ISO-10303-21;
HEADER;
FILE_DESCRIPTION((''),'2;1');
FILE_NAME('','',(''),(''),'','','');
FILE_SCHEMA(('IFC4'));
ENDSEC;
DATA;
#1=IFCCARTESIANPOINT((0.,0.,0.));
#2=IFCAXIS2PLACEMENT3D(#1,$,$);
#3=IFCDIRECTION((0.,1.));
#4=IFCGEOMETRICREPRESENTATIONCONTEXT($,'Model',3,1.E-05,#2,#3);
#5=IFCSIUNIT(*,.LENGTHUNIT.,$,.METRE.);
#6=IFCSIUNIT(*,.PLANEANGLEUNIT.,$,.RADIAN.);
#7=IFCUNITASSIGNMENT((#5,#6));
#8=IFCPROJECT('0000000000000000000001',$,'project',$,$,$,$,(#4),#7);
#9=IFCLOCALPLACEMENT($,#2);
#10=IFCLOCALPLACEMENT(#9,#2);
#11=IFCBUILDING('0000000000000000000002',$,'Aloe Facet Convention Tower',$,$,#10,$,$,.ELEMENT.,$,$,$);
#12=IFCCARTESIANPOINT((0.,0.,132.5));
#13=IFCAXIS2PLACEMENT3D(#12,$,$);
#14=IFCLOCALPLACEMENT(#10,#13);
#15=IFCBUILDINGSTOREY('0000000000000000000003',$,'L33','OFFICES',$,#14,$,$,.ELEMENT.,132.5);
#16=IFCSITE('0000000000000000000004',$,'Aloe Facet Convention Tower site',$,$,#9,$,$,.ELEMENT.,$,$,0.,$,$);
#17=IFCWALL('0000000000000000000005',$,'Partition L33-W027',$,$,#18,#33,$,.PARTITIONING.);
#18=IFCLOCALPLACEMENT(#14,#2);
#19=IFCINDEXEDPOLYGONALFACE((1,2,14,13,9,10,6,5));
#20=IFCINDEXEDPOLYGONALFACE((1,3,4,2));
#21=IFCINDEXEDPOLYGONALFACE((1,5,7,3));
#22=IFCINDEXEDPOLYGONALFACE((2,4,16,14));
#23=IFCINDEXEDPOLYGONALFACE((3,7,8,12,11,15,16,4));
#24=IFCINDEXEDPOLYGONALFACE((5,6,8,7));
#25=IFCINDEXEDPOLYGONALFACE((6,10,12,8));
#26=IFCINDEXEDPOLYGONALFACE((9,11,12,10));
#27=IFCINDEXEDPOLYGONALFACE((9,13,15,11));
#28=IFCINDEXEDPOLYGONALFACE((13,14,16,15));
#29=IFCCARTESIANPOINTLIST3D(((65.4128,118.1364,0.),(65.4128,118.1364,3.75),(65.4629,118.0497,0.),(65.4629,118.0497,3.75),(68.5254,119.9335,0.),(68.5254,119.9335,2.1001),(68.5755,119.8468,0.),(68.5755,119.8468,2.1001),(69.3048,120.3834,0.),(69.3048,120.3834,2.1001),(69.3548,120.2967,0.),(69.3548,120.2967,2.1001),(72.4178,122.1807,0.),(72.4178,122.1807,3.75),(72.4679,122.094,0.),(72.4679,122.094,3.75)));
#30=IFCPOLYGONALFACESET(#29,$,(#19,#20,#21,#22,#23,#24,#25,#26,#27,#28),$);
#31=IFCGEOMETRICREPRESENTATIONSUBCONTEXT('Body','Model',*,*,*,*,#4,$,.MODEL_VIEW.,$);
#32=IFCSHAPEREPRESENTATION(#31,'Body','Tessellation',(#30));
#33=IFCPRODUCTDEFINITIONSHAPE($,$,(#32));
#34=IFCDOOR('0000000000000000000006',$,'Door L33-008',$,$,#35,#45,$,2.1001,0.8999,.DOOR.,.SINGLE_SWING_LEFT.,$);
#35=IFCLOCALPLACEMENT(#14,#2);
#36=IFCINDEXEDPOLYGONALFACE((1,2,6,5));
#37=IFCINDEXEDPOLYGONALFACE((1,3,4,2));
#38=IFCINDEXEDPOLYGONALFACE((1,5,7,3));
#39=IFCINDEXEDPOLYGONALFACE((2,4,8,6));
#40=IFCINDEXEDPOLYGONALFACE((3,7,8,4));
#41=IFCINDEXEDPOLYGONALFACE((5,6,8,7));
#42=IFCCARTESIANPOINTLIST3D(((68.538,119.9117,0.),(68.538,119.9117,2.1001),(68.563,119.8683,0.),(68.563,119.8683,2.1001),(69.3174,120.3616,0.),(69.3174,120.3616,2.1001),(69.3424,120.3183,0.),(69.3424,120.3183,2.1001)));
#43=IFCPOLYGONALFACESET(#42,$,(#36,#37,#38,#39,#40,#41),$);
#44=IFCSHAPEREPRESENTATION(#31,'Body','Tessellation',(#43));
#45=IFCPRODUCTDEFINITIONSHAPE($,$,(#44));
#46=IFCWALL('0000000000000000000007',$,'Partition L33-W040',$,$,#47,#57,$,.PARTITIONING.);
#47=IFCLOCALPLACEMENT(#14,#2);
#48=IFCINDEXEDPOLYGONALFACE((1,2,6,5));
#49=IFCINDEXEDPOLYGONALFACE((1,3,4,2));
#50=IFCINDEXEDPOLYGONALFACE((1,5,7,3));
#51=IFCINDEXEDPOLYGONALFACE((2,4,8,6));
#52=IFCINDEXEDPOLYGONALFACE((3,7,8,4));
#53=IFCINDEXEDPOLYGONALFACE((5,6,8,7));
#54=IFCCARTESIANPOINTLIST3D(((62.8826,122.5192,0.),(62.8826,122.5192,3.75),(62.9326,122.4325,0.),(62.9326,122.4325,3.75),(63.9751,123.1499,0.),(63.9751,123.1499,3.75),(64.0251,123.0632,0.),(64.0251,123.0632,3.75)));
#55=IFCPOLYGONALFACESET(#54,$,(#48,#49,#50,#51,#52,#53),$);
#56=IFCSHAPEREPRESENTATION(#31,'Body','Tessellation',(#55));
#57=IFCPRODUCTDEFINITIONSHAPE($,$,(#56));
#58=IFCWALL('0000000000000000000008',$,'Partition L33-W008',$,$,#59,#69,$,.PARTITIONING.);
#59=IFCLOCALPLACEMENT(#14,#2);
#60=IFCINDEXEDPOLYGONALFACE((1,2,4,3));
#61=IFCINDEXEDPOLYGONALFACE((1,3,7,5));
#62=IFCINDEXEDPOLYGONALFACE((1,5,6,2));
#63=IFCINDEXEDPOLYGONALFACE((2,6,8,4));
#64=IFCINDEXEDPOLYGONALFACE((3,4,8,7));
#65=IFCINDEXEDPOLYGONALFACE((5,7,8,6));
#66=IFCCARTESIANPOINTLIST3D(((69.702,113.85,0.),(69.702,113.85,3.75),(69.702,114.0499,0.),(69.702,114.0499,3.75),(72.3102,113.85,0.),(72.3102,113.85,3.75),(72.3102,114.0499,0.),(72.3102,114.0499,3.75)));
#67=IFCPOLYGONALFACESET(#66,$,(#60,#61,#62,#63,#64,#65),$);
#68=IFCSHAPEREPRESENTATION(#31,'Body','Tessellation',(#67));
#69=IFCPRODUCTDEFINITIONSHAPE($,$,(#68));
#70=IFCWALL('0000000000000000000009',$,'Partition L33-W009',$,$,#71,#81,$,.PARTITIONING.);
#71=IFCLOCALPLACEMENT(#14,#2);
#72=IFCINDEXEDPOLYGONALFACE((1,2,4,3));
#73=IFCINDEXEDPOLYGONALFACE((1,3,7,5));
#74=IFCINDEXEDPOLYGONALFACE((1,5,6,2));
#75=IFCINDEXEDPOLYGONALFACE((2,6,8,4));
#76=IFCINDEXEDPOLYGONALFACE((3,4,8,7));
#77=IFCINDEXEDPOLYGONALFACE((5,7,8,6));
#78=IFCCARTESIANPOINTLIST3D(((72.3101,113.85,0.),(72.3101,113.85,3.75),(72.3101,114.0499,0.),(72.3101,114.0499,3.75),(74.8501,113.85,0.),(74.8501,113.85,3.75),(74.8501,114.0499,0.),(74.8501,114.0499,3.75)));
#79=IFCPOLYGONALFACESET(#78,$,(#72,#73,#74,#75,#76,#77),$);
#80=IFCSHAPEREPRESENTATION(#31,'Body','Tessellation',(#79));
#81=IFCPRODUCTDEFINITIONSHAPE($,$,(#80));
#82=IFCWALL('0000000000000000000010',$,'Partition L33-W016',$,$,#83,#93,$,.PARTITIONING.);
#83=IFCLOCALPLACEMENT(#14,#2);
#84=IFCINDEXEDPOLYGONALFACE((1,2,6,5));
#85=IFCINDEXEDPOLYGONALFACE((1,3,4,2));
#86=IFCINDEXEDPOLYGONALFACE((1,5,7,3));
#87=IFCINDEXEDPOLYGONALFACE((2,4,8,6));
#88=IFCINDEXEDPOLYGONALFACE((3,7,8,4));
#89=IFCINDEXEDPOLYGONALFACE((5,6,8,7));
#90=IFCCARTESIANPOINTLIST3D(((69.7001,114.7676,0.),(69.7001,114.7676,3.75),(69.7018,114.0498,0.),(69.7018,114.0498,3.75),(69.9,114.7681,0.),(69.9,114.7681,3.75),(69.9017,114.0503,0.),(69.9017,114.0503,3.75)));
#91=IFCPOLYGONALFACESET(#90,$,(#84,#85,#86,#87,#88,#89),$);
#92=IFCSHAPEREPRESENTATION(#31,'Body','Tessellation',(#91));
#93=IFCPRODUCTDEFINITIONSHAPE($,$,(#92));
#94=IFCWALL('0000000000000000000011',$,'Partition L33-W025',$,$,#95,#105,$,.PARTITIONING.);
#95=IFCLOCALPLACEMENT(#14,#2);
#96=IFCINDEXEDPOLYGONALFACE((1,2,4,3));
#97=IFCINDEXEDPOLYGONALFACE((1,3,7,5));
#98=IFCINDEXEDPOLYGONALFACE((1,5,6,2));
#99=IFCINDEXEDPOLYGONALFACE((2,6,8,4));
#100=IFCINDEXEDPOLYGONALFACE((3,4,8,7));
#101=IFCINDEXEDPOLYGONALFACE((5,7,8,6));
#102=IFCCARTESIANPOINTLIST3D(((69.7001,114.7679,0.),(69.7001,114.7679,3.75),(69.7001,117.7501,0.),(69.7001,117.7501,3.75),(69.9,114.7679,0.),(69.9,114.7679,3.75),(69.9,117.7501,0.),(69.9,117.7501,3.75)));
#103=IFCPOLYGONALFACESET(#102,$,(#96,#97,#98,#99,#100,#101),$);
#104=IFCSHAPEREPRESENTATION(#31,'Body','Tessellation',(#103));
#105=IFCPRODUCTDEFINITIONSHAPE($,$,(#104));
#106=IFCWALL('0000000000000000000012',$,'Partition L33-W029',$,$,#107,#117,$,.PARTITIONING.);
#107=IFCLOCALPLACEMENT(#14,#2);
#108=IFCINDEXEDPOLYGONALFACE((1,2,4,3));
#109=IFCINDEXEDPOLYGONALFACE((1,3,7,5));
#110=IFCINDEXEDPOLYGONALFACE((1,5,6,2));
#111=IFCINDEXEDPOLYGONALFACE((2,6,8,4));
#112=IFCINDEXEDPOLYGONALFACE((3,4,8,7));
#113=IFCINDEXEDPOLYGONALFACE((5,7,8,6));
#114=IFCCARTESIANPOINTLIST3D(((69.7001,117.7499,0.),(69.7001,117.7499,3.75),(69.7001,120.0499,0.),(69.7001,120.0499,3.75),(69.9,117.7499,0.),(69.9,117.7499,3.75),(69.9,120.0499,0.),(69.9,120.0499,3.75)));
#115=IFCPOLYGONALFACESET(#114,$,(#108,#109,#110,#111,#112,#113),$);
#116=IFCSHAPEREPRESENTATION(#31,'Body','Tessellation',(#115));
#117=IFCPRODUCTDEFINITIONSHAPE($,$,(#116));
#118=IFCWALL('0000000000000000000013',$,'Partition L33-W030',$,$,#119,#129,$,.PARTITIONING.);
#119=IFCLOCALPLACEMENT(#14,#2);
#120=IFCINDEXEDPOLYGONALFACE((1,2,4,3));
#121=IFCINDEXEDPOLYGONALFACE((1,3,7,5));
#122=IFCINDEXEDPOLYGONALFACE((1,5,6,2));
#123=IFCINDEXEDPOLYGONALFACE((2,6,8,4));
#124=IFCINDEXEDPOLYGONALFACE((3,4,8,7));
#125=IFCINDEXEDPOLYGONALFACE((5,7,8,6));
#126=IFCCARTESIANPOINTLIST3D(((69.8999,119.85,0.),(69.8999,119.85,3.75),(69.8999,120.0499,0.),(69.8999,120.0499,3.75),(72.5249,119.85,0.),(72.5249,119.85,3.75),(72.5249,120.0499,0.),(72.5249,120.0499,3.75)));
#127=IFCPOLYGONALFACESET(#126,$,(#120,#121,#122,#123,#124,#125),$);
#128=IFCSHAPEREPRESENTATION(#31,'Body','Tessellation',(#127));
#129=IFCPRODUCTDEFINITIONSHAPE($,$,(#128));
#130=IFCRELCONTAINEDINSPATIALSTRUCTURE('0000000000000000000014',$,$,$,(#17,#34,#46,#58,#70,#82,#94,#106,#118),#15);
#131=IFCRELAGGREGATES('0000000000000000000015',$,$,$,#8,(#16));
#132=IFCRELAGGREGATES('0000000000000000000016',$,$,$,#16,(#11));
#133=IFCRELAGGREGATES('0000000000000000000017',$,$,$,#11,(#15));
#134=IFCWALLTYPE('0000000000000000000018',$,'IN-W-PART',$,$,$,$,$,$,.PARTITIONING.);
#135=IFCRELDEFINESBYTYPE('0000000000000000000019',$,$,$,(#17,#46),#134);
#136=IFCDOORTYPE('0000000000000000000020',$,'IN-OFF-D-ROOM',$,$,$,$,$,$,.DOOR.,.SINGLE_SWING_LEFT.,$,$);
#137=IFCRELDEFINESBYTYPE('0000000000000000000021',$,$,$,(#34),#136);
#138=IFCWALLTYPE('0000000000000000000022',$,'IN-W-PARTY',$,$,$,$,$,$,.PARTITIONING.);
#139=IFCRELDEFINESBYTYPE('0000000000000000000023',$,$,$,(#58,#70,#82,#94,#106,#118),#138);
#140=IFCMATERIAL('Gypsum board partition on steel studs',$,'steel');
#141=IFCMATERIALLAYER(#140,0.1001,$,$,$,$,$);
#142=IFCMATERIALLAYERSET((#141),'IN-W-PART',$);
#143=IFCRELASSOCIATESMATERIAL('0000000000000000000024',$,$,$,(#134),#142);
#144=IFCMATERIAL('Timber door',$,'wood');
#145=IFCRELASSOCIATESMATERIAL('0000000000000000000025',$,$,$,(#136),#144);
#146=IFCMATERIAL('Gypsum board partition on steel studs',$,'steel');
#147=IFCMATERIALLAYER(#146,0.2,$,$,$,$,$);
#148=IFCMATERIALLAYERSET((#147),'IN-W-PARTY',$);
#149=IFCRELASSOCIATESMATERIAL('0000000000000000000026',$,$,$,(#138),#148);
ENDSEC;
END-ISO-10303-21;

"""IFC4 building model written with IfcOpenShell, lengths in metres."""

from ifc_helpers import new_model, si_unit, direction, frame, frame_2d, origin, place, context, subcontext, project, spatial, rectangle, extrude, material, layer, layer_set, type_object, element, fill, save


model = new_model("IFC4")

# Units and contexts
model_context = context("Model", 3, precision=1e-05, world=origin(), true_north=direction((0.0, 1.0)))
body_context = subcontext(model_context, "Body", "Model", "MODEL_VIEW")
ifc_project = project(units=[si_unit("LENGTHUNIT", "METRE"), si_unit("PLANEANGLEUNIT", "RADIAN")], contexts=[model_context])

# Site, building, storey
site_placement = place(None, origin())
site = spatial("IfcSite", under=ifc_project, at=site_placement, Name="Aloe Facet Convention Tower site", CompositionType="ELEMENT", RefElevation=0.0)
building_placement = place(site_placement, origin())
building = spatial("IfcBuilding", under=site, at=building_placement, Name="Aloe Facet Convention Tower", CompositionType="ELEMENT")
storey_placement = place(building_placement, frame((0.0, 0.0, 132.5)))
storey = spatial("IfcBuildingStorey", under=building, at=storey_placement, Name="L33", Description="OFFICES", CompositionType="ELEMENT", Elevation=132.5)

# Shared definitions
ifc_material_1 = material(Name="Gypsum board partition on steel studs", Category="steel")
ifc_layer_1 = layer(ifc_material_1, 0.1001)
ifc_layer_set_1 = layer_set([ifc_layer_1], Name="IN-W-PART")
wall_type_1 = type_object("IfcWallType", Name="IN-W-PART", PredefinedType="PARTITIONING", material=ifc_layer_set_1)

# Wall, opening, door
wall_1_placement = place(storey_placement, frame((65.4377, 118.093, 0.0), z_axis=(0.0, 0.0, 1.0), x_axis=(0.86603, 0.499992, 0.0)))
wall_1 = element("IfcWall", 1, at=wall_1_placement, inside=storey, type_object=wall_type_1, Name="Partition L33-W027", PredefinedType="PARTITIONING", context=body_context, shape_type="SweptSolid", body=[
    extrude(rectangle(XDim=8.0886, YDim=0.1001, at=frame_2d((4.0444, 0.0))), origin(), (0.0, 0.0, 1.0), 3.75),
])
opening_1_placement = place(wall_1_placement, frame((3.5942, 0.0, 0.0)))
opening_1 = element("IfcOpeningElement", 2, at=opening_1_placement, cuts=wall_1, PredefinedType="OPENING", context=body_context, shape_type="SweptSolid", body=[
    extrude(rectangle(XDim=0.8999, YDim=2.1001, at=frame_2d((0.45, 1.05))), frame((0.0, 0.0601, 0.0), z_axis=(0.0, -1.0, 0.0), x_axis=(1.0, 0.0, 0.0)), (0.0, 0.0, 1.0), 0.1201),
])
ifc_material_2 = material(Name="Timber door", Category="wood")
door_type_1 = type_object("IfcDoorType", Name="IN-OFF-D-ROOM", OperationType="SINGLE_SWING_LEFT", PredefinedType="DOOR", material=ifc_material_2)
door_1_placement = place(opening_1_placement, origin())
door_1 = element("IfcDoor", 3, at=door_1_placement, inside=storey, type_object=door_type_1, Name="Door L33-008", OperationType="SINGLE_SWING_LEFT", OverallHeight=2.1001, OverallWidth=0.8999, PredefinedType="DOOR", context=body_context, shape_type="SweptSolid", body=[
    extrude(rectangle(XDim=0.8999, YDim=2.1001, at=frame_2d((0.45, 1.05))), frame((0.0, 0.0249, 0.0), z_axis=(0.0, -1.0, 0.0), x_axis=(1.0, 0.0, 0.0)), (0.0, 0.0, 1.0), 0.05),
])
fill(opening_1, door_1)

# Walls
wall_2_placement = place(storey_placement, frame((62.9075, 122.4758, 0.0), z_axis=(0.0, 0.0, 1.0), x_axis=(0.866079, 0.499907, 0.0)))
element("IfcWall", 4, at=wall_2_placement, inside=storey, type_object=wall_type_1, Name="Partition L33-W040", PredefinedType="PARTITIONING", context=body_context, shape_type="SweptSolid", body=[
    extrude(rectangle(XDim=1.2615, YDim=0.1001, at=frame_2d((0.6309, 0.0))), origin(), (0.0, 0.0, 1.0), 3.75),
])
ifc_material_3 = material(Name="Gypsum board partition on steel studs", Category="steel")
ifc_layer_2 = layer(ifc_material_3, 0.2)
ifc_layer_set_2 = layer_set([ifc_layer_2], Name="IN-W-PARTY")
wall_type_2 = type_object("IfcWallType", Name="IN-W-PARTY", PredefinedType="PARTITIONING", material=ifc_layer_set_2)
wall_3_placement = place(storey_placement, frame((69.7019, 113.95, 0.0), z_axis=(0.0, 0.0, 1.0), x_axis=(1.0, 0.0, 0.0)))
element("IfcWall", 5, at=wall_3_placement, inside=storey, type_object=wall_type_2, Name="Partition L33-W008", PredefinedType="PARTITIONING", context=body_context, shape_type="SweptSolid", body=[
    extrude(rectangle(XDim=2.6082, YDim=0.2, at=frame_2d((1.3042, 0.0))), origin(), (0.0, 0.0, 1.0), 3.75),
])
wall_4_placement = place(storey_placement, frame((72.3101, 113.95, 0.0), z_axis=(0.0, 0.0, 1.0), x_axis=(1.0, 0.0, 0.0)))
element("IfcWall", 6, at=wall_4_placement, inside=storey, type_object=wall_type_2, Name="Partition L33-W009", PredefinedType="PARTITIONING", context=body_context, shape_type="SweptSolid", body=[
    extrude(rectangle(XDim=2.54, YDim=0.2, at=frame_2d((1.27, 0.0))), origin(), (0.0, 0.0, 1.0), 3.75),
])
wall_5_placement = place(storey_placement, frame((69.8018, 114.05, 0.0), z_axis=(0.0, 0.0, 1.0), x_axis=(-0.002381, 0.999997, 0.0)))
element("IfcWall", 7, at=wall_5_placement, inside=storey, type_object=wall_type_2, Name="Partition L33-W016", PredefinedType="PARTITIONING", context=body_context, shape_type="SweptSolid", body=[
    extrude(rectangle(XDim=0.7178, YDim=0.2, at=frame_2d((0.3589, 0.0))), origin(), (0.0, 0.0, 1.0), 3.75),
])
wall_6_placement = place(storey_placement, frame((69.8, 114.7678, 0.0), z_axis=(0.0, 0.0, 1.0), x_axis=(0.0, 1.0, 0.0)))
element("IfcWall", 8, at=wall_6_placement, inside=storey, type_object=wall_type_2, Name="Partition L33-W025", PredefinedType="PARTITIONING", context=body_context, shape_type="SweptSolid", body=[
    extrude(rectangle(XDim=2.9822, YDim=0.2, at=frame_2d((1.4912, 0.0))), origin(), (0.0, 0.0, 1.0), 3.75),
])
wall_7_placement = place(storey_placement, frame((69.8, 117.75, 0.0), z_axis=(0.0, 0.0, 1.0), x_axis=(0.0, 1.0, 0.0)))
element("IfcWall", 9, at=wall_7_placement, inside=storey, type_object=wall_type_2, Name="Partition L33-W029", PredefinedType="PARTITIONING", context=body_context, shape_type="SweptSolid", body=[
    extrude(rectangle(XDim=2.3, YDim=0.2, at=frame_2d((1.1499, 0.0))), origin(), (0.0, 0.0, 1.0), 3.75),
])
wall_8_placement = place(storey_placement, frame((69.8999, 119.95, 0.0), z_axis=(0.0, 0.0, 1.0), x_axis=(1.0, 0.0, 0.0)))
element("IfcWall", 10, at=wall_8_placement, inside=storey, type_object=wall_type_2, Name="Partition L33-W030", PredefinedType="PARTITIONING", context=body_context, shape_type="SweptSolid", body=[
    extrude(rectangle(XDim=2.625, YDim=0.2, at=frame_2d((1.3125, 0.0))), origin(), (0.0, 0.0, 1.0), 3.75),
])

save(model, "model.ifc")
